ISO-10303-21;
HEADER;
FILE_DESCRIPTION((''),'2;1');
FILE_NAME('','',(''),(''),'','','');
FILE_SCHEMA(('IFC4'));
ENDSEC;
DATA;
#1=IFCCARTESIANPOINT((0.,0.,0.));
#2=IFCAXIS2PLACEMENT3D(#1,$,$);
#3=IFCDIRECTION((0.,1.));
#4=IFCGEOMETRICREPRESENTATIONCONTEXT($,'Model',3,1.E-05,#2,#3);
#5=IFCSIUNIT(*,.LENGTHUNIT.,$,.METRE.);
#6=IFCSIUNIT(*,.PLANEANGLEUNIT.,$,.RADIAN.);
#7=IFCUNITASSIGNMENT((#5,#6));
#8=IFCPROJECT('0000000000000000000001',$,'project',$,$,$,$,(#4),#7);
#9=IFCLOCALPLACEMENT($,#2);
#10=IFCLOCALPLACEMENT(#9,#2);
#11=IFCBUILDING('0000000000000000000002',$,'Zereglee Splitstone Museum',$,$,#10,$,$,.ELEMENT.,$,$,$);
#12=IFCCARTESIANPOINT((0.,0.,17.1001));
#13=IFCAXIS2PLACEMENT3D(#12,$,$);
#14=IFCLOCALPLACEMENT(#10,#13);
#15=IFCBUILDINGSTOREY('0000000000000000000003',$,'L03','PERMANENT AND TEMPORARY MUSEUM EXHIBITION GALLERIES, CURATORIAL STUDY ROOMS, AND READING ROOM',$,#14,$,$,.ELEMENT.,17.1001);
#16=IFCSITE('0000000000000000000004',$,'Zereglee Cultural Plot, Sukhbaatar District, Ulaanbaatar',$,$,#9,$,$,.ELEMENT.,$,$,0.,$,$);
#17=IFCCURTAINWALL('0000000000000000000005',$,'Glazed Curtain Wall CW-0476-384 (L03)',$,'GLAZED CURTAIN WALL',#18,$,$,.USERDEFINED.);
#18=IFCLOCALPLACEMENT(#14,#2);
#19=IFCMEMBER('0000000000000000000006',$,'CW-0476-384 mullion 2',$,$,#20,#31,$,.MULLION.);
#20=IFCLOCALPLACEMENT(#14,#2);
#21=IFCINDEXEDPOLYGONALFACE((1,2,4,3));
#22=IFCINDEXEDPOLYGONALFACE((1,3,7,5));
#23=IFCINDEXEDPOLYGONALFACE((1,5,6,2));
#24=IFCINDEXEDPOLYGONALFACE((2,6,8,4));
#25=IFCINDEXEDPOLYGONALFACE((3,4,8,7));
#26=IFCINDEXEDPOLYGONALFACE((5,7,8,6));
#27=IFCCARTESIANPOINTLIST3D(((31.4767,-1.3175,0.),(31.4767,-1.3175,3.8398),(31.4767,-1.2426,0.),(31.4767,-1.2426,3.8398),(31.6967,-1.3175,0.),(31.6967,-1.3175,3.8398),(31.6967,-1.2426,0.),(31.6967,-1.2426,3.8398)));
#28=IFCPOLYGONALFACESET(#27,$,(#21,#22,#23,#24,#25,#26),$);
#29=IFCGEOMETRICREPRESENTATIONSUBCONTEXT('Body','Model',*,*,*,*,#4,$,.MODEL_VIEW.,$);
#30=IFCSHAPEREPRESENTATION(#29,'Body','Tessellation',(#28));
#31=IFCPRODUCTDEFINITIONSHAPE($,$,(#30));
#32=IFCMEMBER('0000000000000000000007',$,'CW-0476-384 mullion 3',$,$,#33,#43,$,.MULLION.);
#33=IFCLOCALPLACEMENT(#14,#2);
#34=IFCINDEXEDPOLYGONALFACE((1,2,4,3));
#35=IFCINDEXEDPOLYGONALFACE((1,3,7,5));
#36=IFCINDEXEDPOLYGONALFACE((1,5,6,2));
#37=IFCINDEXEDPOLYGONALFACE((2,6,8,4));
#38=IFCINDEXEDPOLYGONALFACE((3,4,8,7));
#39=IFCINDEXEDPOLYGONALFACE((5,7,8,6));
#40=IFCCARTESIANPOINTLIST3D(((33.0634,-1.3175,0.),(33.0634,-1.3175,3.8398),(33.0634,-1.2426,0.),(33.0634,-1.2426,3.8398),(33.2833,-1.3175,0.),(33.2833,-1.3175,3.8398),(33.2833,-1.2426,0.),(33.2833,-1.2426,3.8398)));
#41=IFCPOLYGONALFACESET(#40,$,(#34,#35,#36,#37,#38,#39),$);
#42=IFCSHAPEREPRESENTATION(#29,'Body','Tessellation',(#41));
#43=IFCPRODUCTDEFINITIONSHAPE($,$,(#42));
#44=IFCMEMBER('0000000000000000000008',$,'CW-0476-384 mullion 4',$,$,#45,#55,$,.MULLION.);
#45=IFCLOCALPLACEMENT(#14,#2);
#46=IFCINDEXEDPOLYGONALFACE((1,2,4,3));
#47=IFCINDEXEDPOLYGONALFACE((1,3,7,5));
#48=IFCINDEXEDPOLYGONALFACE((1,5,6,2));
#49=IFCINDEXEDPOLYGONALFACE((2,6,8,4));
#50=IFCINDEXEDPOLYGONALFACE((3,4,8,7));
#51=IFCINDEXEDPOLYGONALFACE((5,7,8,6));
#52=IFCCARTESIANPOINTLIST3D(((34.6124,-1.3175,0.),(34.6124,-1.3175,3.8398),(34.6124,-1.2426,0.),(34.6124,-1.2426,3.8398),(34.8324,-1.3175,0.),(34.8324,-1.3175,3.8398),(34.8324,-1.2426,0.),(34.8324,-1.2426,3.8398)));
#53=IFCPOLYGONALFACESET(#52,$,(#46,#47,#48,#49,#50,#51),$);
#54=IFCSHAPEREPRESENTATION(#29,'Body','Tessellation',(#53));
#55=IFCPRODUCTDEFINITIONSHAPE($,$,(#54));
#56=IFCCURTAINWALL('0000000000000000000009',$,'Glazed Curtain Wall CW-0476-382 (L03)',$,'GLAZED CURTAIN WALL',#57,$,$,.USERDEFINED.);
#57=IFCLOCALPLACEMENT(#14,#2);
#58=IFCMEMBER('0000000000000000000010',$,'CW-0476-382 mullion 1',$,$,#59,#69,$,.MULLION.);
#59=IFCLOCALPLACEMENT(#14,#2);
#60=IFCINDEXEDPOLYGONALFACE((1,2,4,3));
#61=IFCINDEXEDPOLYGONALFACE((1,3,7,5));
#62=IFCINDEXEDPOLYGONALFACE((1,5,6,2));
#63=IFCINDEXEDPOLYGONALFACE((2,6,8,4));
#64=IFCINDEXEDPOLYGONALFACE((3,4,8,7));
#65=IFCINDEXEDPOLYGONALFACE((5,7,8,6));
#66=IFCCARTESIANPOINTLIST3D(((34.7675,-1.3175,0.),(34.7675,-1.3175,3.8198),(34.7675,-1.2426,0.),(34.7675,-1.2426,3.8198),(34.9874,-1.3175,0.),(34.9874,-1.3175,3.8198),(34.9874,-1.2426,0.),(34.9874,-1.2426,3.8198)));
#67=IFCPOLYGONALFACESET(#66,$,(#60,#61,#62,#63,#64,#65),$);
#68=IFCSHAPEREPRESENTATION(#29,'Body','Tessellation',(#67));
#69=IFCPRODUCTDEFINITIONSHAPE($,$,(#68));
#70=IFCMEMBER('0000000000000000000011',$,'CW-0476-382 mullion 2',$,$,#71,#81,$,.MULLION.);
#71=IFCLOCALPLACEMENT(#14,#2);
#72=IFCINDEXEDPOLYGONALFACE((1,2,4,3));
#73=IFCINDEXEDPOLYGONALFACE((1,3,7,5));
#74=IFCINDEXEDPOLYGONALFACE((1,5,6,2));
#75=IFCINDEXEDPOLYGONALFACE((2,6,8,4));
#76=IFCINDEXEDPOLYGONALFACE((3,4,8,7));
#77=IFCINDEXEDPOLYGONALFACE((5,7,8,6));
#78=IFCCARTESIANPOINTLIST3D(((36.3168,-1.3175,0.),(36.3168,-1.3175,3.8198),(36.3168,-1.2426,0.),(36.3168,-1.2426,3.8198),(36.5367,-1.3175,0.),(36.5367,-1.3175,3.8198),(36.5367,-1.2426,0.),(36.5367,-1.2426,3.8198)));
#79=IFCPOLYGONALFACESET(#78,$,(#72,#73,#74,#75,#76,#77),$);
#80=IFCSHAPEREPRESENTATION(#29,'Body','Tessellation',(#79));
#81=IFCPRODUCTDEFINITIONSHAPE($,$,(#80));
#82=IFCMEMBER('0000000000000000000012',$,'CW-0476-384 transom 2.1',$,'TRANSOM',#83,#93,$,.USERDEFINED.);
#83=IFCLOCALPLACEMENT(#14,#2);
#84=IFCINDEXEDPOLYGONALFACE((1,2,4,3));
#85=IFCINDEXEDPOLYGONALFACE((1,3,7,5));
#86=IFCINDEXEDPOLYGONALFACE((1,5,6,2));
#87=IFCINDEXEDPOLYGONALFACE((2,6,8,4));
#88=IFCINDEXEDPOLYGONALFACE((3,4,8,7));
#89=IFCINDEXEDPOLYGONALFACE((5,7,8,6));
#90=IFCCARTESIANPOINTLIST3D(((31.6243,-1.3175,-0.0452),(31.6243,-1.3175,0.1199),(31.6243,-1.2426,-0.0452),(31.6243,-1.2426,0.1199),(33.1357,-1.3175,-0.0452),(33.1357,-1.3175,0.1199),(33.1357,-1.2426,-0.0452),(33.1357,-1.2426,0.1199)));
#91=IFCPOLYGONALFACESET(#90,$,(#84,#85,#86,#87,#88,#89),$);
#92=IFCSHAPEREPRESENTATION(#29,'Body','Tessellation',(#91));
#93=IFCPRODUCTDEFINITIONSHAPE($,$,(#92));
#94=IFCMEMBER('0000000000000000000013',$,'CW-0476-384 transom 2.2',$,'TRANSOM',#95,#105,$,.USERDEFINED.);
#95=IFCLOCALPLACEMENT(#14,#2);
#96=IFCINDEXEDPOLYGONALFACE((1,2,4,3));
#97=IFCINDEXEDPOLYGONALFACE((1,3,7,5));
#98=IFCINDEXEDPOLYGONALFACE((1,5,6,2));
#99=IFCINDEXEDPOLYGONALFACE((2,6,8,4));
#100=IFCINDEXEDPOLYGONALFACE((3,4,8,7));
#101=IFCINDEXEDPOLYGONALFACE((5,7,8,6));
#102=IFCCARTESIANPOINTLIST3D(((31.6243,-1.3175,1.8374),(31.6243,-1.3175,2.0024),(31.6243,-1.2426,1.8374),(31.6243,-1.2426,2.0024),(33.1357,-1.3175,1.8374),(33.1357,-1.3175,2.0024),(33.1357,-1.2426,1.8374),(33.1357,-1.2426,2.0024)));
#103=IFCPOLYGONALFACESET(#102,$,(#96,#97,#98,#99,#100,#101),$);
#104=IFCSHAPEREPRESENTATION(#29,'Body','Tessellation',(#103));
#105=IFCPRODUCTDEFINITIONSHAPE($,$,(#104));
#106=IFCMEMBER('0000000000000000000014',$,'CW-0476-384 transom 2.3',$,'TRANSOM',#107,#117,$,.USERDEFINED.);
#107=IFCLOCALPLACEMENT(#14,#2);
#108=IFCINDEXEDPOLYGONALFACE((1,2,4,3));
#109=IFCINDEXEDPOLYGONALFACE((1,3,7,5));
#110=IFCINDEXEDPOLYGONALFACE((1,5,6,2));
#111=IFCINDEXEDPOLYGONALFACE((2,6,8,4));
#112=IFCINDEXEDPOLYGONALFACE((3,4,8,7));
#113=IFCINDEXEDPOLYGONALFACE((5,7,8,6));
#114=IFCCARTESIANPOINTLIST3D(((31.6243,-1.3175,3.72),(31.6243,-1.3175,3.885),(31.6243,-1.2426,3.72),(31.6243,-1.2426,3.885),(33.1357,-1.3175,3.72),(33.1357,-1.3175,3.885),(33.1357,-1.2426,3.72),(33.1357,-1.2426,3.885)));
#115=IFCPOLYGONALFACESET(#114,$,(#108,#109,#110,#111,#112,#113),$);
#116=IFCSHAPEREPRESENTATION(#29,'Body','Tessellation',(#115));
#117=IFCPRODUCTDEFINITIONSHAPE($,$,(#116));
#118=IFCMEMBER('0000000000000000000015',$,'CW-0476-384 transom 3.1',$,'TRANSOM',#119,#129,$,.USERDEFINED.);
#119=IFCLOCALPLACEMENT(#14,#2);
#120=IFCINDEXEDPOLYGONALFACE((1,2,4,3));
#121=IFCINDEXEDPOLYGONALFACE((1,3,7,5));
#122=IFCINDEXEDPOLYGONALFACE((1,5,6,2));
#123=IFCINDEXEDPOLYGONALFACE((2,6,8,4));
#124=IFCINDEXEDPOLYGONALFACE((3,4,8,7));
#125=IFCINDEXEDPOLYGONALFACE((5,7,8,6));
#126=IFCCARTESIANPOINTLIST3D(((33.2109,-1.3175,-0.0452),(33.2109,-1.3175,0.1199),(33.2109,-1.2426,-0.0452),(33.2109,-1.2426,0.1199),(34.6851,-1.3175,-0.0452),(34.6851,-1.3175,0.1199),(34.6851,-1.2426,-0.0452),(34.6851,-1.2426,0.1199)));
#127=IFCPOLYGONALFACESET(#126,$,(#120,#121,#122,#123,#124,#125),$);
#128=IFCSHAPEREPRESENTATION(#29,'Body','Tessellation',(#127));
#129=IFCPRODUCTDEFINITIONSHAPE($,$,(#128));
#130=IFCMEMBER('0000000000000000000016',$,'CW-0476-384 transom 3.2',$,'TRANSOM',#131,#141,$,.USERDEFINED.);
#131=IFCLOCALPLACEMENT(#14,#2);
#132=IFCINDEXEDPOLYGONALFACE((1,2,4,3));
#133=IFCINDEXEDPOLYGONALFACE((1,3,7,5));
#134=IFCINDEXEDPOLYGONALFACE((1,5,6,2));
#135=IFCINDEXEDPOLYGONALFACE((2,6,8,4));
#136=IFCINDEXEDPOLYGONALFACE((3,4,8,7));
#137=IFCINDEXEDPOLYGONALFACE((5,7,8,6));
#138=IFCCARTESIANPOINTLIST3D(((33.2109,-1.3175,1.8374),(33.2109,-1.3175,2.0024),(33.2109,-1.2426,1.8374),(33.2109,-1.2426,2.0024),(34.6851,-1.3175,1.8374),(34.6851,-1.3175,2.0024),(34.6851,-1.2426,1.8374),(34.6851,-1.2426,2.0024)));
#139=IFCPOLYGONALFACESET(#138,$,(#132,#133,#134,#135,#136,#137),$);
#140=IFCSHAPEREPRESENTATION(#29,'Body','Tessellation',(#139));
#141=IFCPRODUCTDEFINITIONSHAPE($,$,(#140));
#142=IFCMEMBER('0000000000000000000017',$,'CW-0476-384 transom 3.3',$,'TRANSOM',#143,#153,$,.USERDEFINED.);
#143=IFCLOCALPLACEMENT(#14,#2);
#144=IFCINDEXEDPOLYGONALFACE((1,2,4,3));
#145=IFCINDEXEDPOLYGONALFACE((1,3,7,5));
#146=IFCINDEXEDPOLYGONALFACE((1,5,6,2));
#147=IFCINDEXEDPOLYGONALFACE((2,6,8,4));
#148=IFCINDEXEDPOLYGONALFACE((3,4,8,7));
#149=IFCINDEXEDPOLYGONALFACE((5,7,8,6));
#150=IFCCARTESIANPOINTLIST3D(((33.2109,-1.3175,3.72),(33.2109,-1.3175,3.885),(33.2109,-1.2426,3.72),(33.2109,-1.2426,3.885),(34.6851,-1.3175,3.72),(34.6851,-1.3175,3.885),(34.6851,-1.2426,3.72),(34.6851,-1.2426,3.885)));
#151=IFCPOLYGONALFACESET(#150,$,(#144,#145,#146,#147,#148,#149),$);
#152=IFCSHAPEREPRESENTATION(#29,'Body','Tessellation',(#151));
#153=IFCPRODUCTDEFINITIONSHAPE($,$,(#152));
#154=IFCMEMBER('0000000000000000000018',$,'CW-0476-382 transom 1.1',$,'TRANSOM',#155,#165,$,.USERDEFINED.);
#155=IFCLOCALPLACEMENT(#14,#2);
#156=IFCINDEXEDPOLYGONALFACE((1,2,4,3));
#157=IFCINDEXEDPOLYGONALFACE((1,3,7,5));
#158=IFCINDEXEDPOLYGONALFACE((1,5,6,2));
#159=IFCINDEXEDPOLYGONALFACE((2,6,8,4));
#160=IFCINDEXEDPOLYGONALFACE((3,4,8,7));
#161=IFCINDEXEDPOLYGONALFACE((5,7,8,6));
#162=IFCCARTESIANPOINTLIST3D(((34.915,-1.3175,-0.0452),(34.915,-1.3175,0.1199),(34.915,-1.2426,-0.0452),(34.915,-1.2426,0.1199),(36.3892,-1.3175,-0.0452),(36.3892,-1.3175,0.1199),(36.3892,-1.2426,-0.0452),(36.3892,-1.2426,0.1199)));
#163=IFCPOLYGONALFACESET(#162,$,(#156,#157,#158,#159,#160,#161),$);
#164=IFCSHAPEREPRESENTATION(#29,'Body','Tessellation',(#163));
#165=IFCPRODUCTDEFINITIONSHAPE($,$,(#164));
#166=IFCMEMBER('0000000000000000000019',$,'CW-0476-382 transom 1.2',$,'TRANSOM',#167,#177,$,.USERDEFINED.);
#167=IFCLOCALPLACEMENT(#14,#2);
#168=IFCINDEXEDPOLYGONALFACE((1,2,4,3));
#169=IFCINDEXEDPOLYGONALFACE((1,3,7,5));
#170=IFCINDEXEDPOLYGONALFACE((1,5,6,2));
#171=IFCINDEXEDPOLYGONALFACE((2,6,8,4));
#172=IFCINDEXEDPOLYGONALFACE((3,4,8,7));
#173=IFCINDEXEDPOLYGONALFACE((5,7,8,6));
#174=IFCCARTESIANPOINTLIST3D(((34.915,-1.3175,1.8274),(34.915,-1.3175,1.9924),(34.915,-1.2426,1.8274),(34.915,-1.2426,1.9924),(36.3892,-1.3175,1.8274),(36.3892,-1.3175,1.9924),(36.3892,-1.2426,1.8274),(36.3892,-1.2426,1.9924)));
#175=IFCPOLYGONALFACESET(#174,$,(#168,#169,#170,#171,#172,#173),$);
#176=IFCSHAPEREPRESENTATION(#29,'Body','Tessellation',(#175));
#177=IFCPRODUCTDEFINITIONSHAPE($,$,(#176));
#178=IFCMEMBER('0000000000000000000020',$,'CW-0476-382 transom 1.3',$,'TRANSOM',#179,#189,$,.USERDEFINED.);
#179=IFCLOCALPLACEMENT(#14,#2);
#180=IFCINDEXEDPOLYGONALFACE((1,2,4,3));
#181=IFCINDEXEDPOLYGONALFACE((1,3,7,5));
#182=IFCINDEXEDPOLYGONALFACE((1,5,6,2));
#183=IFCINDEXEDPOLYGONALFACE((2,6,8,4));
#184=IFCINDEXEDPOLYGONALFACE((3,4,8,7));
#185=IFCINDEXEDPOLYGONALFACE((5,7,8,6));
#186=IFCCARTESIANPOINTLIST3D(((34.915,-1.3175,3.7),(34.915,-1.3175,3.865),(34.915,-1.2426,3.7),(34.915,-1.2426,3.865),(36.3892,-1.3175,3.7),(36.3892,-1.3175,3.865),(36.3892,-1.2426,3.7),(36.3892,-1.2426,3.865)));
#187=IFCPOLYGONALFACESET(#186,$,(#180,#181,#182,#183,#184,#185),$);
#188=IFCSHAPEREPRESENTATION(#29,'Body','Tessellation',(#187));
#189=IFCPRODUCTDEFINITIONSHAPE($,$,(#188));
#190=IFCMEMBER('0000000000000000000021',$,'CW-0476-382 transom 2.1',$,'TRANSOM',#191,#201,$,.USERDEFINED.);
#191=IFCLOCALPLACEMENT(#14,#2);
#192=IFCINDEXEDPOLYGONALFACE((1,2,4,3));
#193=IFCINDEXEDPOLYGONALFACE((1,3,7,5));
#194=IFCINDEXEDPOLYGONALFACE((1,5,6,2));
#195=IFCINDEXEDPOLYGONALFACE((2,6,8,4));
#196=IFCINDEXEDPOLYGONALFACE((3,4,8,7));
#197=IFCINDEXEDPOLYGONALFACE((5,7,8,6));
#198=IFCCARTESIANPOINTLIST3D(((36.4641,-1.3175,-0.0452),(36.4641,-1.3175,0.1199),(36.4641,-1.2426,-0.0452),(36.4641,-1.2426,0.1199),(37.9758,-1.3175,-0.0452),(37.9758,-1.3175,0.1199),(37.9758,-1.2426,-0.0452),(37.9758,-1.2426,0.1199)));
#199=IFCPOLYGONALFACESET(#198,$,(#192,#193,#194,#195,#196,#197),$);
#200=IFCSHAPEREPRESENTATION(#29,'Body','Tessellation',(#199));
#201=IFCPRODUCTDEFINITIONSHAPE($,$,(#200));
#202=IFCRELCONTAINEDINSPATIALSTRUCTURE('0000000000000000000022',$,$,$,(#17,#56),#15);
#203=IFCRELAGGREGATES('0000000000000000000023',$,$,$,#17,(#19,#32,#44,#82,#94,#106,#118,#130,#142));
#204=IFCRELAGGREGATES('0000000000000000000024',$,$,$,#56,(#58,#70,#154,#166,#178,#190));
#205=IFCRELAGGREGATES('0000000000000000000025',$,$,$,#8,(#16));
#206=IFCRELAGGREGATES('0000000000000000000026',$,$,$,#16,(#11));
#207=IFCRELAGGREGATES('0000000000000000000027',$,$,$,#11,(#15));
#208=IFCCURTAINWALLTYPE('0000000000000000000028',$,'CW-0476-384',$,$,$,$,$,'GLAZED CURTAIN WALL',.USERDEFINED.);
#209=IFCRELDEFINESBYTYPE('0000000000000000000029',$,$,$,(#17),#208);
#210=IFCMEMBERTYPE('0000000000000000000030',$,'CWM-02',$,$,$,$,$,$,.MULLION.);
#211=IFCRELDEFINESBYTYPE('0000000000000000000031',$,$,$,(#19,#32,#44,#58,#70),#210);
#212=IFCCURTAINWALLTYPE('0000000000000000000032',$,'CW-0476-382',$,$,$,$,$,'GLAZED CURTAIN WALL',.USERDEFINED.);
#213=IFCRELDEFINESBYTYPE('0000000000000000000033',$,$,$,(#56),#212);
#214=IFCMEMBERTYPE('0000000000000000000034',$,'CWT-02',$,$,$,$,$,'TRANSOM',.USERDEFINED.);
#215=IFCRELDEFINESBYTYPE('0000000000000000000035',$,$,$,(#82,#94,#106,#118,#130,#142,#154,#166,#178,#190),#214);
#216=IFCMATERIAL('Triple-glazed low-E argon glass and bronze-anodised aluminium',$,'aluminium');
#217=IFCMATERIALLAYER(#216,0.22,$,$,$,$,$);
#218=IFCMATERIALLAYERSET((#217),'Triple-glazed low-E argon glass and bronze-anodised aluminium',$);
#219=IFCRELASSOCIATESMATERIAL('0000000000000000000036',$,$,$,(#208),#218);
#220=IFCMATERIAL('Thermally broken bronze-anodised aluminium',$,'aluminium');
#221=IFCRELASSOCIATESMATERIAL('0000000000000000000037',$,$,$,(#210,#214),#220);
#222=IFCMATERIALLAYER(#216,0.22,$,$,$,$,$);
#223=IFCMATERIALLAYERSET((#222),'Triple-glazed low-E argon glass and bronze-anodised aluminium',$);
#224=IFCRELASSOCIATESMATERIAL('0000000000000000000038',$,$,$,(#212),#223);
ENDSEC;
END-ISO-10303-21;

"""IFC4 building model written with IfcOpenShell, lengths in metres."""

from ifc_helpers import new_model, si_unit, direction, frame, origin, origin_2d, place, context, subcontext, project, spatial, rectangle, extrude, material, layer, layer_set, material_profile, profile_set, type_object, element, aggregate, save


model = new_model("IFC4")

# Units and contexts
model_context = context("Model", 3, precision=1e-05, world=origin(), true_north=direction((0.0, 1.0)))
body_context = subcontext(model_context, "Body", "Model", "MODEL_VIEW")
ifc_project = project(units=[si_unit("LENGTHUNIT", "METRE"), si_unit("PLANEANGLEUNIT", "RADIAN")], contexts=[model_context])

# Site, building, storey
site_placement = place(None, origin())
site = spatial("IfcSite", under=ifc_project, at=site_placement, Name="Zereglee Cultural Plot, Sukhbaatar District, Ulaanbaatar", CompositionType="ELEMENT", RefElevation=0.0)
building_placement = place(site_placement, origin())
building = spatial("IfcBuilding", under=site, at=building_placement, Name="Zereglee Splitstone Museum", CompositionType="ELEMENT")
storey_placement = place(building_placement, frame((0.0, 0.0, 17.1001)))
storey = spatial("IfcBuildingStorey", under=building, at=storey_placement, Name="L03", Description="PERMANENT AND TEMPORARY MUSEUM EXHIBITION GALLERIES, CURATORIAL STUDY ROOMS, AND READING ROOM", CompositionType="ELEMENT", Elevation=17.1001)

# Curtain walls, members
ifc_material_1 = material(Name="Triple-glazed low-E argon glass and bronze-anodised aluminium", Category="aluminium")
ifc_layer_1 = layer(ifc_material_1, 0.22)
ifc_layer_set_1 = layer_set([ifc_layer_1], Name="Triple-glazed low-E argon glass and bronze-anodised aluminium")
curtain_wall_type_1 = type_object("IfcCurtainWallType", Name="CW-0476-384", ElementType="GLAZED CURTAIN WALL", PredefinedType="USERDEFINED", material=ifc_layer_set_1)
curtain_wall_1_placement = place(storey_placement, origin())
curtain_wall_1 = element("IfcCurtainWall", 1, at=curtain_wall_1_placement, inside=storey, type_object=curtain_wall_type_1, Name="Glazed Curtain Wall CW-0476-384 (L03)", ObjectType="GLAZED CURTAIN WALL", PredefinedType="USERDEFINED")
ifc_material_2 = material(Name="Thermally broken bronze-anodised aluminium", Category="aluminium")
ifc_material_profile_1 = material_profile(ifc_material_2, rectangle(XDim=0.075, YDim=0.22, at=origin_2d()), Name="CW MULL 75x220")
ifc_profile_set_1 = profile_set([ifc_material_profile_1], Name="Thermally broken bronze-anodised aluminium")
member_type_1 = type_object("IfcMemberType", Name="CWM-02", PredefinedType="MULLION", material=ifc_profile_set_1)
member_1_placement = place(storey_placement, frame((31.5867, -1.28, 0.0), z_axis=(0.0, 0.0, 1.0), x_axis=(0.0, 1.0, 0.0)))
member_1 = element("IfcMember", 2, at=member_1_placement, type_object=member_type_1, Name="CW-0476-384 mullion 2", PredefinedType="MULLION", context=body_context, shape_type="SweptSolid", body=[
    extrude(rectangle(XDim=0.075, YDim=0.22, at=origin_2d()), origin(), (0.0, 0.0, 1.0), 3.8398),
])
member_2_placement = place(storey_placement, frame((33.1733, -1.28, 0.0), z_axis=(0.0, 0.0, 1.0), x_axis=(0.0, 1.0, 0.0)))
member_2 = element("IfcMember", 3, at=member_2_placement, type_object=member_type_1, Name="CW-0476-384 mullion 3", PredefinedType="MULLION", context=body_context, shape_type="SweptSolid", body=[
    extrude(rectangle(XDim=0.075, YDim=0.22, at=origin_2d()), origin(), (0.0, 0.0, 1.0), 3.8398),
])
member_3_placement = place(storey_placement, frame((34.7224, -1.28, 0.0), z_axis=(0.0, 0.0, 1.0), x_axis=(0.0, 1.0, 0.0)))
member_3 = element("IfcMember", 4, at=member_3_placement, type_object=member_type_1, Name="CW-0476-384 mullion 4", PredefinedType="MULLION", context=body_context, shape_type="SweptSolid", body=[
    extrude(rectangle(XDim=0.075, YDim=0.22, at=origin_2d()), origin(), (0.0, 0.0, 1.0), 3.8398),
])
ifc_layer_2 = layer(ifc_material_1, 0.22)
ifc_layer_set_2 = layer_set([ifc_layer_2], Name="Triple-glazed low-E argon glass and bronze-anodised aluminium")
curtain_wall_type_2 = type_object("IfcCurtainWallType", Name="CW-0476-382", ElementType="GLAZED CURTAIN WALL", PredefinedType="USERDEFINED", material=ifc_layer_set_2)
curtain_wall_2_placement = place(storey_placement, origin())
curtain_wall_2 = element("IfcCurtainWall", 5, at=curtain_wall_2_placement, inside=storey, type_object=curtain_wall_type_2, Name="Glazed Curtain Wall CW-0476-382 (L03)", ObjectType="GLAZED CURTAIN WALL", PredefinedType="USERDEFINED")
member_4_placement = place(storey_placement, frame((34.8774, -1.28, 0.0), z_axis=(0.0, 0.0, 1.0), x_axis=(0.0, 1.0, 0.0)))
member_4 = element("IfcMember", 6, at=member_4_placement, type_object=member_type_1, Name="CW-0476-382 mullion 1", PredefinedType="MULLION", context=body_context, shape_type="SweptSolid", body=[
    extrude(rectangle(XDim=0.075, YDim=0.22, at=origin_2d()), origin(), (0.0, 0.0, 1.0), 3.8198),
])
member_5_placement = place(storey_placement, frame((36.4268, -1.28, 0.0), z_axis=(0.0, 0.0, 1.0), x_axis=(0.0, 1.0, 0.0)))
member_5 = element("IfcMember", 7, at=member_5_placement, type_object=member_type_1, Name="CW-0476-382 mullion 2", PredefinedType="MULLION", context=body_context, shape_type="SweptSolid", body=[
    extrude(rectangle(XDim=0.075, YDim=0.22, at=origin_2d()), origin(), (0.0, 0.0, 1.0), 3.8198),
])

# Members
ifc_material_profile_2 = material_profile(ifc_material_2, rectangle(XDim=0.075, YDim=0.165, at=origin_2d()), Name="CW TRAN 75x165")
ifc_profile_set_2 = profile_set([ifc_material_profile_2], Name="Thermally broken bronze-anodised aluminium")
member_type_2 = type_object("IfcMemberType", Name="CWT-02", ElementType="TRANSOM", PredefinedType="USERDEFINED", material=ifc_profile_set_2)
member_6_placement = place(storey_placement, frame((31.6243, -1.28, 0.0374), z_axis=(1.0, 0.0, 0.0), x_axis=(0.0, 1.0, 0.0)))
member_6 = element("IfcMember", 8, at=member_6_placement, type_object=member_type_2, Name="CW-0476-384 transom 2.1", ObjectType="TRANSOM", PredefinedType="USERDEFINED", context=body_context, shape_type="SweptSolid", body=[
    extrude(rectangle(XDim=0.075, YDim=0.165, at=origin_2d()), origin(), (0.0, 0.0, 1.0), 1.5115),
])
member_7_placement = place(storey_placement, frame((31.6243, -1.28, 1.9199), z_axis=(1.0, 0.0, 0.0), x_axis=(0.0, 1.0, 0.0)))
member_7 = element("IfcMember", 9, at=member_7_placement, type_object=member_type_2, Name="CW-0476-384 transom 2.2", ObjectType="TRANSOM", PredefinedType="USERDEFINED", context=body_context, shape_type="SweptSolid", body=[
    extrude(rectangle(XDim=0.075, YDim=0.165, at=origin_2d()), origin(), (0.0, 0.0, 1.0), 1.5115),
])
member_8_placement = place(storey_placement, frame((31.6243, -1.28, 3.8025), z_axis=(1.0, 0.0, 0.0), x_axis=(0.0, 1.0, 0.0)))
member_8 = element("IfcMember", 10, at=member_8_placement, type_object=member_type_2, Name="CW-0476-384 transom 2.3", ObjectType="TRANSOM", PredefinedType="USERDEFINED", context=body_context, shape_type="SweptSolid", body=[
    extrude(rectangle(XDim=0.075, YDim=0.165, at=origin_2d()), origin(), (0.0, 0.0, 1.0), 1.5115),
])
member_9_placement = place(storey_placement, frame((33.2109, -1.28, 0.0374), z_axis=(1.0, 0.0, 0.0), x_axis=(0.0, 1.0, 0.0)))
member_9 = element("IfcMember", 11, at=member_9_placement, type_object=member_type_2, Name="CW-0476-384 transom 3.1", ObjectType="TRANSOM", PredefinedType="USERDEFINED", context=body_context, shape_type="SweptSolid", body=[
    extrude(rectangle(XDim=0.075, YDim=0.165, at=origin_2d()), origin(), (0.0, 0.0, 1.0), 1.4741),
])
member_10_placement = place(storey_placement, frame((33.2109, -1.28, 1.9199), z_axis=(1.0, 0.0, 0.0), x_axis=(0.0, 1.0, 0.0)))
member_10 = element("IfcMember", 12, at=member_10_placement, type_object=member_type_2, Name="CW-0476-384 transom 3.2", ObjectType="TRANSOM", PredefinedType="USERDEFINED", context=body_context, shape_type="SweptSolid", body=[
    extrude(rectangle(XDim=0.075, YDim=0.165, at=origin_2d()), origin(), (0.0, 0.0, 1.0), 1.4741),
])
member_11_placement = place(storey_placement, frame((33.2109, -1.28, 3.8025), z_axis=(1.0, 0.0, 0.0), x_axis=(0.0, 1.0, 0.0)))
member_11 = element("IfcMember", 13, at=member_11_placement, type_object=member_type_2, Name="CW-0476-384 transom 3.3", ObjectType="TRANSOM", PredefinedType="USERDEFINED", context=body_context, shape_type="SweptSolid", body=[
    extrude(rectangle(XDim=0.075, YDim=0.165, at=origin_2d()), origin(), (0.0, 0.0, 1.0), 1.4741),
])
member_12_placement = place(storey_placement, frame((34.915, -1.28, 0.0374), z_axis=(1.0, 0.0, 0.0), x_axis=(0.0, 1.0, 0.0)))
member_12 = element("IfcMember", 14, at=member_12_placement, type_object=member_type_2, Name="CW-0476-382 transom 1.1", ObjectType="TRANSOM", PredefinedType="USERDEFINED", context=body_context, shape_type="SweptSolid", body=[
    extrude(rectangle(XDim=0.075, YDim=0.165, at=origin_2d()), origin(), (0.0, 0.0, 1.0), 1.4741),
])
member_13_placement = place(storey_placement, frame((34.915, -1.28, 1.9099), z_axis=(1.0, 0.0, 0.0), x_axis=(0.0, 1.0, 0.0)))
member_13 = element("IfcMember", 15, at=member_13_placement, type_object=member_type_2, Name="CW-0476-382 transom 1.2", ObjectType="TRANSOM", PredefinedType="USERDEFINED", context=body_context, shape_type="SweptSolid", body=[
    extrude(rectangle(XDim=0.075, YDim=0.165, at=origin_2d()), origin(), (0.0, 0.0, 1.0), 1.4741),
])
member_14_placement = place(storey_placement, frame((34.915, -1.28, 3.7825), z_axis=(1.0, 0.0, 0.0), x_axis=(0.0, 1.0, 0.0)))
member_14 = element("IfcMember", 16, at=member_14_placement, type_object=member_type_2, Name="CW-0476-382 transom 1.3", ObjectType="TRANSOM", PredefinedType="USERDEFINED", context=body_context, shape_type="SweptSolid", body=[
    extrude(rectangle(XDim=0.075, YDim=0.165, at=origin_2d()), origin(), (0.0, 0.0, 1.0), 1.4741),
])
member_15_placement = place(storey_placement, frame((36.4641, -1.28, 0.0374), z_axis=(1.0, 0.0, 0.0), x_axis=(0.0, 1.0, 0.0)))
member_15 = element("IfcMember", 17, at=member_15_placement, type_object=member_type_2, Name="CW-0476-382 transom 2.1", ObjectType="TRANSOM", PredefinedType="USERDEFINED", context=body_context, shape_type="SweptSolid", body=[
    extrude(rectangle(XDim=0.075, YDim=0.165, at=origin_2d()), origin(), (0.0, 0.0, 1.0), 1.5117),
])

aggregate(curtain_wall_1, [member_1, member_2, member_3, member_6, member_7, member_8, member_9, member_10, member_11])
aggregate(curtain_wall_2, [member_4, member_5, member_12, member_13, member_14, member_15])

save(model, "model.ifc")
